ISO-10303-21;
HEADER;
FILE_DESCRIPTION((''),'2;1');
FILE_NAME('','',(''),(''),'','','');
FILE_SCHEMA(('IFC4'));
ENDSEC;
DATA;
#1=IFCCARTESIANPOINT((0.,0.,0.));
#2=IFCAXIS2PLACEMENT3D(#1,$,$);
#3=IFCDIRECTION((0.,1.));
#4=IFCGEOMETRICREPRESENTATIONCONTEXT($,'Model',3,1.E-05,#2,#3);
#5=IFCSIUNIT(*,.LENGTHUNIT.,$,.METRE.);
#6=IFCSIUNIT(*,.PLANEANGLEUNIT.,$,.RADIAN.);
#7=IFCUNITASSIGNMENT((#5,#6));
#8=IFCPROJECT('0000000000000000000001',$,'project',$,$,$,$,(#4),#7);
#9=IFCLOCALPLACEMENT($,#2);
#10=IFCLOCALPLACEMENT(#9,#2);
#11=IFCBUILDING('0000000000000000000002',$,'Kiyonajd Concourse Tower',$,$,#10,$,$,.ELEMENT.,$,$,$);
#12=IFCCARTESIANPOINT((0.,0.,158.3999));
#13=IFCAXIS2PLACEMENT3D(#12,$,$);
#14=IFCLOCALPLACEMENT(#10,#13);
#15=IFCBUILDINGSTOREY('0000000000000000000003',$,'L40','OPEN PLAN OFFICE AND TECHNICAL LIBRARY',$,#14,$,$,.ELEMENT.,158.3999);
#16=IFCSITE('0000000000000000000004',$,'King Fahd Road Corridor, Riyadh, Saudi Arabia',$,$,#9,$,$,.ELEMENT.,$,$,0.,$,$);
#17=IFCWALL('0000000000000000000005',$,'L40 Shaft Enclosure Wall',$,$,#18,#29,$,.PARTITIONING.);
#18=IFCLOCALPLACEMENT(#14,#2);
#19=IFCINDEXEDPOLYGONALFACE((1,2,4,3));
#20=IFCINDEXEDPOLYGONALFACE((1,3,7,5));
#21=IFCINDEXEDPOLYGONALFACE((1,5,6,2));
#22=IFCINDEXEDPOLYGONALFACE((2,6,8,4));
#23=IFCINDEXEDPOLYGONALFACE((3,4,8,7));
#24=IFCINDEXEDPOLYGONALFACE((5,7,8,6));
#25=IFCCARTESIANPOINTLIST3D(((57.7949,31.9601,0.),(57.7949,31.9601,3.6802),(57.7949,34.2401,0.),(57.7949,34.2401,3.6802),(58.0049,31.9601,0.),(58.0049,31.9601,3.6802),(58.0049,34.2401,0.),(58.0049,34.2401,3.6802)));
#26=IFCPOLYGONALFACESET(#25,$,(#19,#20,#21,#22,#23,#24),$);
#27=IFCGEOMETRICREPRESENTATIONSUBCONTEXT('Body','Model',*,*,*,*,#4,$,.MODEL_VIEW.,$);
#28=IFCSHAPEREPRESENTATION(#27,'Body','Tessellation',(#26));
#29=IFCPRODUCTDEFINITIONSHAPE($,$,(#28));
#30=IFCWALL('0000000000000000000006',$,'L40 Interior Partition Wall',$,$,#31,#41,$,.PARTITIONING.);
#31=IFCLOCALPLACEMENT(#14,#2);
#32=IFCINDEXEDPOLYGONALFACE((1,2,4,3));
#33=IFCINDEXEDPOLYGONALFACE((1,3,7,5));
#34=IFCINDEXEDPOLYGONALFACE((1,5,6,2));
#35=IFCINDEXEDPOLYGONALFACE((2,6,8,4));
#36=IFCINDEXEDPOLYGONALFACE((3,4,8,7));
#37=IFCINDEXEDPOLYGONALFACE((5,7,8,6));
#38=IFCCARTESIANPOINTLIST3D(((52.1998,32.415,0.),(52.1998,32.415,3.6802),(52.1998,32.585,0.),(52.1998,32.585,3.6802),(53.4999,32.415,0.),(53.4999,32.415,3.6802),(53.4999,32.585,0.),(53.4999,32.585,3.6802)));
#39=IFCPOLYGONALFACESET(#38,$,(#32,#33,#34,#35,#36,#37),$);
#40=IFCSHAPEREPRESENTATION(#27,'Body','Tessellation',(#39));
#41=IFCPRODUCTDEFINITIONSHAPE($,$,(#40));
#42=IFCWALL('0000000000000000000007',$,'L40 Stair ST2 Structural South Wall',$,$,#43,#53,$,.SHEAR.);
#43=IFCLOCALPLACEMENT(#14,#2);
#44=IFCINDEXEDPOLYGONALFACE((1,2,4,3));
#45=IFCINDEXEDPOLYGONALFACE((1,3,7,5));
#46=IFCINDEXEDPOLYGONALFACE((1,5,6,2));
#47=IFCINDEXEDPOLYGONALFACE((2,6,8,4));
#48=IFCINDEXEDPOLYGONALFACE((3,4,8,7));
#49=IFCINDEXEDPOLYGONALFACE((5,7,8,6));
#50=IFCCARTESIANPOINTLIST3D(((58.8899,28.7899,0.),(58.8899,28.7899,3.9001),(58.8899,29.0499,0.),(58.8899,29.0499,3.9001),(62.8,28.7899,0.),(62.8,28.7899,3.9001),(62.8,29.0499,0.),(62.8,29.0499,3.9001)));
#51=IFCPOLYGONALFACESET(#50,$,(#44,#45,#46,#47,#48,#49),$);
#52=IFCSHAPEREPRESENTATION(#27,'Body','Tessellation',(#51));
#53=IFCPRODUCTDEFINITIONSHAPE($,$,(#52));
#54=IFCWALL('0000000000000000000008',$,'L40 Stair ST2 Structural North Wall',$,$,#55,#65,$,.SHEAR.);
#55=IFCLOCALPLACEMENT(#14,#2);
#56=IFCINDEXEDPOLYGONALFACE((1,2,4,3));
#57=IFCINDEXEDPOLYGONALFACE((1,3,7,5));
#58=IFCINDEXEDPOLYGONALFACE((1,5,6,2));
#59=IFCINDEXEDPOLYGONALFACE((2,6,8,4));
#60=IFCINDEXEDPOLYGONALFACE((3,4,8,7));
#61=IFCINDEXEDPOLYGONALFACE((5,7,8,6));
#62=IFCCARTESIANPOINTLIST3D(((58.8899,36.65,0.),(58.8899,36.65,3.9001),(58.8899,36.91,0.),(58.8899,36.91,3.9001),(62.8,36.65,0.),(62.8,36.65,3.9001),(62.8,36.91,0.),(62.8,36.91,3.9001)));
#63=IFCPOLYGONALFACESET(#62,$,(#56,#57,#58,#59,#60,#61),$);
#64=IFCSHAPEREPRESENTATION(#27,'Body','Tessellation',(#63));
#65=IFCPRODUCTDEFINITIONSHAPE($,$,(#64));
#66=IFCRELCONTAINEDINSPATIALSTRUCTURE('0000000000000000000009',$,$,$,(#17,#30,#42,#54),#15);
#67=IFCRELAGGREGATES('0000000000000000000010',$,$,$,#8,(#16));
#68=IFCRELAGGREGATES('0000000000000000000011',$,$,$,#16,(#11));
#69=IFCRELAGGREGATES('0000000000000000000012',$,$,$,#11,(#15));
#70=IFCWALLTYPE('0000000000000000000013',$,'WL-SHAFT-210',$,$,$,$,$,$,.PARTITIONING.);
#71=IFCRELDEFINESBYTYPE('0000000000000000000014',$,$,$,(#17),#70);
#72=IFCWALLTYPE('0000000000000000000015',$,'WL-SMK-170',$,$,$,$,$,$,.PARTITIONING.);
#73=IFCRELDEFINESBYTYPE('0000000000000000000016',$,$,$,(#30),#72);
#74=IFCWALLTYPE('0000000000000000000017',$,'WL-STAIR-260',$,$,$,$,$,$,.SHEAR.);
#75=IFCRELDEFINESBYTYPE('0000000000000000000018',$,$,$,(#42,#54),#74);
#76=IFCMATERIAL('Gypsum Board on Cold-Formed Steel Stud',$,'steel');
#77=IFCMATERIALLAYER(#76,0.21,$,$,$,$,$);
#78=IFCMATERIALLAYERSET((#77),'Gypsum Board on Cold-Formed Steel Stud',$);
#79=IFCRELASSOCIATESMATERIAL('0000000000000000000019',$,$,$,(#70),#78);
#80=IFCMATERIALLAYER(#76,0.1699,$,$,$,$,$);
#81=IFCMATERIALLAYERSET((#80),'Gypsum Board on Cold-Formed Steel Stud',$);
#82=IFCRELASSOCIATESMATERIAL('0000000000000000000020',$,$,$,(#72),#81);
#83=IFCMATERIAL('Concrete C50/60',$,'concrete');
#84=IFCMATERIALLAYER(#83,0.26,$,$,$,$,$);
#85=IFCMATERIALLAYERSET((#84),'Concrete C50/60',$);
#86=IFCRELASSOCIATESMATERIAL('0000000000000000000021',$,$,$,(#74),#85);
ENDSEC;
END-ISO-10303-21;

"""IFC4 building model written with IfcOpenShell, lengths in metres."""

from ifc_helpers import new_model, si_unit, direction, frame, frame_2d, origin, place, context, subcontext, project, spatial, rectangle, extrude, material, layer, layer_set, type_object, element, save


model = new_model("IFC4")

# Units and contexts
model_context = context("Model", 3, precision=1e-05, world=origin(), true_north=direction((0.0, 1.0)))
body_context = subcontext(model_context, "Body", "Model", "MODEL_VIEW")
ifc_project = project(units=[si_unit("LENGTHUNIT", "METRE"), si_unit("PLANEANGLEUNIT", "RADIAN")], contexts=[model_context])

# Site, building, storey
site_placement = place(None, origin())
site = spatial("IfcSite", under=ifc_project, at=site_placement, Name="King Fahd Road Corridor, Riyadh, Saudi Arabia", CompositionType="ELEMENT", RefElevation=0.0)
building_placement = place(site_placement, origin())
building = spatial("IfcBuilding", under=site, at=building_placement, Name="Kiyonajd Concourse Tower", CompositionType="ELEMENT")
storey_placement = place(building_placement, frame((0.0, 0.0, 158.3999)))
storey = spatial("IfcBuildingStorey", under=building, at=storey_placement, Name="L40", Description="OPEN PLAN OFFICE AND TECHNICAL LIBRARY", CompositionType="ELEMENT", Elevation=158.3999)

# Shared definitions
ifc_material_1 = material(Name="Concrete C50/60", Category="concrete")

# Shared definitions
ifc_material_2 = material(Name="Gypsum Board on Cold-Formed Steel Stud", Category="steel")
ifc_layer_1 = layer(ifc_material_2, 0.21)
ifc_layer_set_1 = layer_set([ifc_layer_1], Name="Gypsum Board on Cold-Formed Steel Stud")
wall_type_1 = type_object("IfcWallType", Name="WL-SHAFT-210", PredefinedType="PARTITIONING", material=ifc_layer_set_1)

# Walls
for number, where, z_axis, x_axis, name in (
    (1, (57.8999, 31.96, 0.0), (0.0, 0.0, 1.0), (0.0, 1.0, 0.0), "L40 Shaft Enclosure Wall"),
):
    element("IfcWall", number, at=place(storey_placement, frame(where, z_axis=z_axis, x_axis=x_axis)), inside=storey, type_object=wall_type_1, Name=name, PredefinedType="PARTITIONING", context=body_context, shape_type="SweptSolid", body=[
        extrude(rectangle(XDim=2.28, YDim=0.21, at=frame_2d((1.1401, 0.0))), origin(), (0.0, 0.0, 1.0), 3.6802),
    ])
ifc_layer_2 = layer(ifc_material_2, 0.1699)
ifc_layer_set_2 = layer_set([ifc_layer_2], Name="Gypsum Board on Cold-Formed Steel Stud")
wall_type_2 = type_object("IfcWallType", Name="WL-SMK-170", PredefinedType="PARTITIONING", material=ifc_layer_set_2)
wall_1_placement = place(storey_placement, frame((52.2, 32.5, 0.0), z_axis=(0.0, 0.0, 1.0), x_axis=(1.0, 0.0, 0.0)))
element("IfcWall", 2, at=wall_1_placement, inside=storey, type_object=wall_type_2, Name="L40 Interior Partition Wall", PredefinedType="PARTITIONING", context=body_context, shape_type="SweptSolid", body=[
    extrude(rectangle(XDim=1.3, YDim=0.1699, at=frame_2d((0.6499, 0.0))), origin(), (0.0, 0.0, 1.0), 3.6802),
])
ifc_layer_3 = layer(ifc_material_1, 0.26)
ifc_layer_set_3 = layer_set([ifc_layer_3], Name="Concrete C50/60")
wall_type_3 = type_object("IfcWallType", Name="WL-STAIR-260", PredefinedType="SHEAR", material=ifc_layer_set_3)
for number, where, z_axis, x_axis, name in (
    (3, (58.8899, 28.9199, 0.0), (0.0, 0.0, 1.0), (1.0, 0.0, 0.0), "L40 Stair ST2 Structural South Wall"),
    (4, (58.8899, 36.78, 0.0), (0.0, 0.0, 1.0), (1.0, 0.0, 0.0), "L40 Stair ST2 Structural North Wall"),
):
    element("IfcWall", number, at=place(storey_placement, frame(where, z_axis=z_axis, x_axis=x_axis)), inside=storey, type_object=wall_type_3, Name=name, PredefinedType="SHEAR", context=body_context, shape_type="SweptSolid", body=[
        extrude(rectangle(XDim=3.9102, YDim=0.26, at=frame_2d((1.9551, 0.0))), origin(), (0.0, 0.0, 1.0), 3.9001),
    ])

save(model, "model.ifc")
